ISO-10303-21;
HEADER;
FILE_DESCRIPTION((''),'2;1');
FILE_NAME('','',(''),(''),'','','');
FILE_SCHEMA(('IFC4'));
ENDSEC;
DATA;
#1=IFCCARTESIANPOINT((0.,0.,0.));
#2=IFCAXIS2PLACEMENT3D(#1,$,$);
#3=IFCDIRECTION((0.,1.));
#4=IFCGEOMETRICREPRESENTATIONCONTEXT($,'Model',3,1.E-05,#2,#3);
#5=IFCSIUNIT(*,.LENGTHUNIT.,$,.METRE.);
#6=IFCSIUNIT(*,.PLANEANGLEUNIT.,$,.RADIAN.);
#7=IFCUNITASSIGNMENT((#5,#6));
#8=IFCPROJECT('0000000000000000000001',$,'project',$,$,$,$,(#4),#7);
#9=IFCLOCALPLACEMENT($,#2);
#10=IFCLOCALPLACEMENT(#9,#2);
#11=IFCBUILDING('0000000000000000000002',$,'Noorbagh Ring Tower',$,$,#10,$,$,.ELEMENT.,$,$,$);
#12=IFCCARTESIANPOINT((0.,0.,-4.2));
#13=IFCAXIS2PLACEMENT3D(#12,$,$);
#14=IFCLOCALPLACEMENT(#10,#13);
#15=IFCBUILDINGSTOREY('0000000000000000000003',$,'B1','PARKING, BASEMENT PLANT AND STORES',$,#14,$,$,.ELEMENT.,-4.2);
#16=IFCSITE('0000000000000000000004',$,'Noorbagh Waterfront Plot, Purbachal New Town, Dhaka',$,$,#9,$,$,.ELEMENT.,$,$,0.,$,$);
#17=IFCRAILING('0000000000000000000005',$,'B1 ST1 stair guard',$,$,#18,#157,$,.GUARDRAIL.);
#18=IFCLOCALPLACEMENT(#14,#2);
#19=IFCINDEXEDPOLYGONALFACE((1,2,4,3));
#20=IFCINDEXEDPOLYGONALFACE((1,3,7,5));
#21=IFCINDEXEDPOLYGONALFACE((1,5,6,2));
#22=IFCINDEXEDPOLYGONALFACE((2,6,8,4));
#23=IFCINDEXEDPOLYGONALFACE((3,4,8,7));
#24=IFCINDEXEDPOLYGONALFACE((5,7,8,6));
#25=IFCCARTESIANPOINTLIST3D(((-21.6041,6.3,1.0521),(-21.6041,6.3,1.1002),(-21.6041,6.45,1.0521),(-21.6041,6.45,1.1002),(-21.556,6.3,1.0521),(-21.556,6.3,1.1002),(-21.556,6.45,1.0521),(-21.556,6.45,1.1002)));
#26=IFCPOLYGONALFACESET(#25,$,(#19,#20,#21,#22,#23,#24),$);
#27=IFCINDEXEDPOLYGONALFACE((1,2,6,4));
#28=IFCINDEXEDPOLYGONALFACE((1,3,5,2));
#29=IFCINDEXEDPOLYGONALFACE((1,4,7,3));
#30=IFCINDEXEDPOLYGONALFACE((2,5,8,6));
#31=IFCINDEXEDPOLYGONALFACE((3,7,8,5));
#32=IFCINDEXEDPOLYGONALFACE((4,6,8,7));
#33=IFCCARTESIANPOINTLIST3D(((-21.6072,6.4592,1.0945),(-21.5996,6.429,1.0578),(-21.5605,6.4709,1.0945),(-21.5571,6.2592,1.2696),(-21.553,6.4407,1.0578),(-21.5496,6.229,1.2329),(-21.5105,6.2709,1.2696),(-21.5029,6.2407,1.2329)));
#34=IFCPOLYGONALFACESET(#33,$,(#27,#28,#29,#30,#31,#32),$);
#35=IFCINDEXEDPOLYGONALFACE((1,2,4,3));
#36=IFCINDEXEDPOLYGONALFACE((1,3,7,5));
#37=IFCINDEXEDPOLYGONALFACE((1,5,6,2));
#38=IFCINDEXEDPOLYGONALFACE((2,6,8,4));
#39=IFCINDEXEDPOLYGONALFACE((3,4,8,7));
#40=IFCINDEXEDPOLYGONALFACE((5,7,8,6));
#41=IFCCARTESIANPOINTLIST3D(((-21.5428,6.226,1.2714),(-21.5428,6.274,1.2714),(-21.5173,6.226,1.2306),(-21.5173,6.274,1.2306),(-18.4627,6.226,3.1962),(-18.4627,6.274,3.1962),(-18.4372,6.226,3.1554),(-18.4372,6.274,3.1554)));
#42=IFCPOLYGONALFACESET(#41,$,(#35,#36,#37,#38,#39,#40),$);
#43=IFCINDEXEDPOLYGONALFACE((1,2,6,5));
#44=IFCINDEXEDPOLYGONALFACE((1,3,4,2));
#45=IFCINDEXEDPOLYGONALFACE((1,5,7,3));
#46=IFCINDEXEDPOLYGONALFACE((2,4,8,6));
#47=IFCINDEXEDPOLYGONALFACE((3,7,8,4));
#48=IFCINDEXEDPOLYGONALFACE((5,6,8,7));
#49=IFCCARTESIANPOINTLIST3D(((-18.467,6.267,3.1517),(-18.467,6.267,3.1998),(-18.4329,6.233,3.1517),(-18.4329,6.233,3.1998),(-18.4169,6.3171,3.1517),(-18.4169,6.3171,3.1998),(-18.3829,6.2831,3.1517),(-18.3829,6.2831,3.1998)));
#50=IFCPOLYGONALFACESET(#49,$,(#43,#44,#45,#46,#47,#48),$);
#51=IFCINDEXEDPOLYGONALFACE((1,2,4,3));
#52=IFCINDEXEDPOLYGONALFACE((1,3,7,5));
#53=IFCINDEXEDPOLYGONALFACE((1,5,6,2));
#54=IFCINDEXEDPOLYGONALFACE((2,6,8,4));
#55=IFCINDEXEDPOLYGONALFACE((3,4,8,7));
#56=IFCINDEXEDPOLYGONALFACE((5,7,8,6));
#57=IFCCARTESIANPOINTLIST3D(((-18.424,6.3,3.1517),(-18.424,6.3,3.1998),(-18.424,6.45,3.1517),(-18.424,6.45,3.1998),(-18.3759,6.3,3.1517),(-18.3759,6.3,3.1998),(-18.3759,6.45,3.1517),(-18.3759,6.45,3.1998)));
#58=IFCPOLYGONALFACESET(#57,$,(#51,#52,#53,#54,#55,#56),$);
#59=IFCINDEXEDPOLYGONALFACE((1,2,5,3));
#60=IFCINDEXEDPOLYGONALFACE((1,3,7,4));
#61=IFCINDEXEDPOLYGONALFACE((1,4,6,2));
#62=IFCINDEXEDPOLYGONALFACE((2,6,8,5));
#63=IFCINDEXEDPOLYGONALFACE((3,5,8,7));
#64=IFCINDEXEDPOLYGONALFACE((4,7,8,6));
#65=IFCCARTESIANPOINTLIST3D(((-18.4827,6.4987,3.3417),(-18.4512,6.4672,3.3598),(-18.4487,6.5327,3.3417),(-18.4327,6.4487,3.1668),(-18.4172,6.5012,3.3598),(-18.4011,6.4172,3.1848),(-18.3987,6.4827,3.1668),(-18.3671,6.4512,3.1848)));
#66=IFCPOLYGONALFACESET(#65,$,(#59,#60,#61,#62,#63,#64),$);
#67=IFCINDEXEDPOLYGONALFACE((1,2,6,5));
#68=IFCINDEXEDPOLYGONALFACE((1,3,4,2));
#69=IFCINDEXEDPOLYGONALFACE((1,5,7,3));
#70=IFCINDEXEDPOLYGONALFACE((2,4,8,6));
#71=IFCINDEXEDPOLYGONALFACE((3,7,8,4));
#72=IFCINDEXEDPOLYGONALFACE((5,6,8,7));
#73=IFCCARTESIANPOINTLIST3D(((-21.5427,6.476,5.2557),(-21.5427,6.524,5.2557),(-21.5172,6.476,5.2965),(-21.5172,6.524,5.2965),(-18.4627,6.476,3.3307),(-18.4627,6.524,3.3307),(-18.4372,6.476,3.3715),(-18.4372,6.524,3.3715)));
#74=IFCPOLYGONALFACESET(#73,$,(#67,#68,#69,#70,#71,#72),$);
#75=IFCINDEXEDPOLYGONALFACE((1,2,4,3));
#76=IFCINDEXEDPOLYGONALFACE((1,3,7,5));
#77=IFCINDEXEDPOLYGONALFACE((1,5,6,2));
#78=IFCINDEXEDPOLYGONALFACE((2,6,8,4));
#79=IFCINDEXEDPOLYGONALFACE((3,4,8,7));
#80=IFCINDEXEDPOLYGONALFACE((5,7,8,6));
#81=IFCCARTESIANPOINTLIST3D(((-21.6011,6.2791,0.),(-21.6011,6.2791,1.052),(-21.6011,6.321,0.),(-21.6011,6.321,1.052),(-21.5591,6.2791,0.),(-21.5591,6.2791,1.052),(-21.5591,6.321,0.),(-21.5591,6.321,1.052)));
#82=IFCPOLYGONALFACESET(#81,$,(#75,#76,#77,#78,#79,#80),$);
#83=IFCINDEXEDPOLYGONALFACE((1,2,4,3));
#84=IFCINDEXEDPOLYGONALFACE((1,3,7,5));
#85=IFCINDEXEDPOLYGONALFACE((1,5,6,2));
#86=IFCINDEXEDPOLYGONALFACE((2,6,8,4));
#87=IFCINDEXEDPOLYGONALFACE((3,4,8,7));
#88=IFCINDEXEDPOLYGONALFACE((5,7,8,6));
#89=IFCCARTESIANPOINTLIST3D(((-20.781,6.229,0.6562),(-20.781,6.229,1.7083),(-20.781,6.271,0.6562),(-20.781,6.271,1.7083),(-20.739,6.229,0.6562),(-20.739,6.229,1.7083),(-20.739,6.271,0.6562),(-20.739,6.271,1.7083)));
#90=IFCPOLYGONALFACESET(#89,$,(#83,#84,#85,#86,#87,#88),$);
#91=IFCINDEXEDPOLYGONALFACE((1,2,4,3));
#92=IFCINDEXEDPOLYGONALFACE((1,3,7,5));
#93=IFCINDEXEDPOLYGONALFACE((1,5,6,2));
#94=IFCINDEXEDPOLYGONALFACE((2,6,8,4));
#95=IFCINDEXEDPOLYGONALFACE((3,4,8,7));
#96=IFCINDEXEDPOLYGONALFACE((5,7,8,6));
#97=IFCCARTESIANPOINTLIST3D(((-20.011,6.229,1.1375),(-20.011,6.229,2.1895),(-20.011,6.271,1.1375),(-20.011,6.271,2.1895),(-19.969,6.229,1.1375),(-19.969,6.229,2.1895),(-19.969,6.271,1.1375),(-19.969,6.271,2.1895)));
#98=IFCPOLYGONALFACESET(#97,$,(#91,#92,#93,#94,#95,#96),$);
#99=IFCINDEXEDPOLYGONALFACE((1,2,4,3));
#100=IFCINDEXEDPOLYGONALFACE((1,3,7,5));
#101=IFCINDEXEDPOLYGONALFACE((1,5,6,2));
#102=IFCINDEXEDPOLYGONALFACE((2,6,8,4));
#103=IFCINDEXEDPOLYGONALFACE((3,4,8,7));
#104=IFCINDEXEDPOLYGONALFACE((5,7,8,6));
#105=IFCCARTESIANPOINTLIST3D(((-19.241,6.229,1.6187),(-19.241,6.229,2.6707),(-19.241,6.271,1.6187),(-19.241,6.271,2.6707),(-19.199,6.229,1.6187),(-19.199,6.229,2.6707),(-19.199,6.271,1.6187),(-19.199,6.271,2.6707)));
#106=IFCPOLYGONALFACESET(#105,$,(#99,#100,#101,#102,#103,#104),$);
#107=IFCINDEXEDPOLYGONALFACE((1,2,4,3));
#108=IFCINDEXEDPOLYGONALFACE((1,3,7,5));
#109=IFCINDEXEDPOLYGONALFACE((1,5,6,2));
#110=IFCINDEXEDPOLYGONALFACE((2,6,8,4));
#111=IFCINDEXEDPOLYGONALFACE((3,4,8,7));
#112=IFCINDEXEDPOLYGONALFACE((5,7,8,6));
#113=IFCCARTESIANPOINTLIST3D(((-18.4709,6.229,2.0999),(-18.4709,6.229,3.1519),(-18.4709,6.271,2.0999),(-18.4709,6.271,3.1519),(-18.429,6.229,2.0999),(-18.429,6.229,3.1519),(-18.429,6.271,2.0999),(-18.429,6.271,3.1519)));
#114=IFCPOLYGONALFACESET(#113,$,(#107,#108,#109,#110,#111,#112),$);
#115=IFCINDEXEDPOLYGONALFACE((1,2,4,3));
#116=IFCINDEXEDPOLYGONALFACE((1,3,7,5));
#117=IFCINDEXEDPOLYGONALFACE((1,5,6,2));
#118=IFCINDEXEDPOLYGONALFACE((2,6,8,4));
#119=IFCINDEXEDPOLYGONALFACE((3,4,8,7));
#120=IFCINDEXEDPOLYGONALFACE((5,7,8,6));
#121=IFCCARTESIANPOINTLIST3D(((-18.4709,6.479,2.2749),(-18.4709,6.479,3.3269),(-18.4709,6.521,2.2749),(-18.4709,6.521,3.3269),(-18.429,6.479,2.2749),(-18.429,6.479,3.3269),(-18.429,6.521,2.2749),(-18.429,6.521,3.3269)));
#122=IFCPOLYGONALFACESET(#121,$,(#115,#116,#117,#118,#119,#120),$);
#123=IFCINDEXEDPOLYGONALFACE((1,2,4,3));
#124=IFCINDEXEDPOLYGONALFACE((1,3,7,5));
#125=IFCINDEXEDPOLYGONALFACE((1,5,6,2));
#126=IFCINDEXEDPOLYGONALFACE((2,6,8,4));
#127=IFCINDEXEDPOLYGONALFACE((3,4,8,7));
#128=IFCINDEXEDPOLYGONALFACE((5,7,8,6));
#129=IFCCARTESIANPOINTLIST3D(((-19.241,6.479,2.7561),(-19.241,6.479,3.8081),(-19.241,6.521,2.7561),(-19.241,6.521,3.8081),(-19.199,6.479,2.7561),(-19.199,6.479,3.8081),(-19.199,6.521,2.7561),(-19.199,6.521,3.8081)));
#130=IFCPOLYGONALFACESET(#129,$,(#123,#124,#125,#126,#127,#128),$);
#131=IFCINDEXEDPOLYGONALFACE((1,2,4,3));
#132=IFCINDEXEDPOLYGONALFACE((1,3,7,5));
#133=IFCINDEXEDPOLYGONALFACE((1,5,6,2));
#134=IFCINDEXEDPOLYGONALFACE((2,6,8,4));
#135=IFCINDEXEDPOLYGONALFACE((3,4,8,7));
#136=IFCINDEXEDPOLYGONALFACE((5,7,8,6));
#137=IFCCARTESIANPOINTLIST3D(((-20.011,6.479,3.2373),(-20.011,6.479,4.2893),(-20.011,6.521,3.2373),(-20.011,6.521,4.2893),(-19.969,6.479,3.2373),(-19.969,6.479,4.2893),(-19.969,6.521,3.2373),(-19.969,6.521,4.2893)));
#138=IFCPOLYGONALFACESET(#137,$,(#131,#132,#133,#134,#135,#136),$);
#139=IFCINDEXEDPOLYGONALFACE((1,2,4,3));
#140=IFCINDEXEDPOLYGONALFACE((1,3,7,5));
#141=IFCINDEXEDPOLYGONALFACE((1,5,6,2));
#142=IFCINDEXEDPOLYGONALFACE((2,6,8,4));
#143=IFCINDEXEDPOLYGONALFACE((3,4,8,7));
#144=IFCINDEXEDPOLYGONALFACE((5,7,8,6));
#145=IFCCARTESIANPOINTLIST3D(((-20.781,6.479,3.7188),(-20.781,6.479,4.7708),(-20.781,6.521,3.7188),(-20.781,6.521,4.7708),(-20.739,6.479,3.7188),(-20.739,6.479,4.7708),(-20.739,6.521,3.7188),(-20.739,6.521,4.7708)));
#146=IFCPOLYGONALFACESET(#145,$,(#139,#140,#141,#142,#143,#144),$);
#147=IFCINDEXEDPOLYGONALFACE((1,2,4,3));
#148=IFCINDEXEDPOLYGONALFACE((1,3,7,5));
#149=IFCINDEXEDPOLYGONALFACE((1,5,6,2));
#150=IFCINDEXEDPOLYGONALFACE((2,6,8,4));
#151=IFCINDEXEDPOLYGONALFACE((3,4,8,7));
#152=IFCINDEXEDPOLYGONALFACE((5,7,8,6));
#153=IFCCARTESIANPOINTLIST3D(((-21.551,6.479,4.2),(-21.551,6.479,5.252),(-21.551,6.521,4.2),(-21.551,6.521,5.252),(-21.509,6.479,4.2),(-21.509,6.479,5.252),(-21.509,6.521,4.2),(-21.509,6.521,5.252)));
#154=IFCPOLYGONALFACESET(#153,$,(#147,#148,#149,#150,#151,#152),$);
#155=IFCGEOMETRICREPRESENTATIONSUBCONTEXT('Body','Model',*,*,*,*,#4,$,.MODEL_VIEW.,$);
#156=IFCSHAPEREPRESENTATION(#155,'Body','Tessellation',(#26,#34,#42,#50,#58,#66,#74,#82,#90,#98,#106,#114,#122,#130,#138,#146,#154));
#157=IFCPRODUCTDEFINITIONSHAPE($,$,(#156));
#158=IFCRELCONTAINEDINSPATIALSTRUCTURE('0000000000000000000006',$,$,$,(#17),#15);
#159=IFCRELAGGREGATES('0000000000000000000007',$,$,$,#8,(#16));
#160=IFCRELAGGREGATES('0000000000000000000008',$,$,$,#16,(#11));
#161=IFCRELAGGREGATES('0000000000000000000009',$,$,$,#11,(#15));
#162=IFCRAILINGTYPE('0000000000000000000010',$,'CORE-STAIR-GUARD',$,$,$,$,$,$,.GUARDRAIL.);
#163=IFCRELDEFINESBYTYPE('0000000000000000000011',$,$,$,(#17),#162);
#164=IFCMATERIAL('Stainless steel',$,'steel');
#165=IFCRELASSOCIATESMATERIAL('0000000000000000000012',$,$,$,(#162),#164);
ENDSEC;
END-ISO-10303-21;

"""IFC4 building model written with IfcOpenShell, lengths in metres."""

from ifc_helpers import new_model, si_unit, direction, frame, origin, origin_2d, place, context, subcontext, project, spatial, rectangle, extrude, material, type_object, element, save


model = new_model("IFC4")

# Units and contexts
model_context = context("Model", 3, precision=1e-05, world=origin(), true_north=direction((0.0, 1.0)))
body_context = subcontext(model_context, "Body", "Model", "MODEL_VIEW")
ifc_project = project(units=[si_unit("LENGTHUNIT", "METRE"), si_unit("PLANEANGLEUNIT", "RADIAN")], contexts=[model_context])

# Site, building, storey
site_placement = place(None, origin())
site = spatial("IfcSite", under=ifc_project, at=site_placement, Name="Noorbagh Waterfront Plot, Purbachal New Town, Dhaka", CompositionType="ELEMENT", RefElevation=0.0)
building_placement = place(site_placement, origin())
building = spatial("IfcBuilding", under=site, at=building_placement, Name="Noorbagh Ring Tower", CompositionType="ELEMENT")
storey_placement = place(building_placement, frame((0.0, 0.0, -4.2)))
storey = spatial("IfcBuildingStorey", under=building, at=storey_placement, Name="B1", Description="PARKING, BASEMENT PLANT AND STORES", CompositionType="ELEMENT", Elevation=-4.2)

# Railing
ifc_material_1 = material(Name="Stainless steel", Category="steel")
railing_type_1 = type_object("IfcRailingType", Name="CORE-STAIR-GUARD", PredefinedType="GUARDRAIL", material=ifc_material_1)
railing_1_placement = place(storey_placement, frame((-21.5801, 6.3, 0.0)))
element("IfcRailing", 1, at=railing_1_placement, inside=storey, type_object=railing_type_1, Name="B1 ST1 stair guard", PredefinedType="GUARDRAIL", context=body_context, shape_type="SweptSolid", body=[
    extrude(rectangle(XDim=0.0481, YDim=0.0481, at=origin_2d()), frame((0.0, 0.0, 1.0762), z_axis=(0.0, 1.0, 0.0), x_axis=(-1.0, 0.0, 0.0)), (0.0, 0.0, 1.0), 0.1499),
    extrude(rectangle(XDim=0.0481, YDim=0.0481, at=origin_2d()), frame((0.0, 0.1499, 1.0762), z_axis=(0.185078, -0.739407, 0.64732), x_axis=(0.970073, 0.242814, 0.0)), (0.0, 0.0, 1.0), 0.2705),
    extrude(rectangle(XDim=0.0481, YDim=0.0481, at=origin_2d()), frame((0.05, -0.05, 1.251), z_axis=(0.848029, 0.0, 0.529951), x_axis=(0.0, 1.0, 0.0)), (0.0, 0.0, 1.0), 3.6321),
    extrude(rectangle(XDim=0.0481, YDim=0.0481, at=origin_2d()), frame((3.1301, -0.05, 3.1758), z_axis=(0.707107, 0.707107, 0.0), x_axis=(-0.707107, 0.707107, 0.0)), (0.0, 0.0, 1.0), 0.0708),
    extrude(rectangle(XDim=0.0481, YDim=0.0481, at=origin_2d()), frame((3.1802, 0.0, 3.1758), z_axis=(0.0, 1.0, 0.0), x_axis=(-1.0, 0.0, 0.0)), (0.0, 0.0, 1.0), 0.1499),
    extrude(rectangle(XDim=0.0481, YDim=0.0481, at=origin_2d()), frame((3.1802, 0.1499, 3.1758), z_axis=(-0.265065, 0.265065, 0.927082), x_axis=(-0.707107, -0.707107, 0.0)), (0.0, 0.0, 1.0), 0.1887),
    extrude(rectangle(XDim=0.0481, YDim=0.0481, at=origin_2d()), frame((3.1301, 0.2, 3.3511), z_axis=(-0.847998, 0.0, 0.529999), x_axis=(0.0, -1.0, 0.0)), (0.0, 0.0, 1.0), 3.6321),
    extrude(rectangle(XDim=0.042, YDim=0.042, at=origin_2d()), origin(), (0.0, 0.0, 1.0), 1.052),
    extrude(rectangle(XDim=0.042, YDim=0.042, at=origin_2d()), frame((0.8201, -0.05, 0.6562)), (0.0, 0.0, 1.0), 1.052),
    extrude(rectangle(XDim=0.042, YDim=0.042, at=origin_2d()), frame((1.5901, -0.05, 1.1375)), (0.0, 0.0, 1.0), 1.052),
    extrude(rectangle(XDim=0.042, YDim=0.042, at=origin_2d()), frame((2.3601, -0.05, 1.6187)), (0.0, 0.0, 1.0), 1.052),
    extrude(rectangle(XDim=0.042, YDim=0.042, at=origin_2d()), frame((3.1301, -0.05, 2.0999)), (0.0, 0.0, 1.0), 1.052),
    extrude(rectangle(XDim=0.042, YDim=0.042, at=origin_2d()), frame((3.1301, 0.2, 2.2749)), (0.0, 0.0, 1.0), 1.052),
    extrude(rectangle(XDim=0.042, YDim=0.042, at=origin_2d()), frame((2.3601, 0.2, 2.7561)), (0.0, 0.0, 1.0), 1.052),
    extrude(rectangle(XDim=0.042, YDim=0.042, at=origin_2d()), frame((1.5901, 0.2, 3.2373)), (0.0, 0.0, 1.0), 1.052),
    extrude(rectangle(XDim=0.042, YDim=0.042, at=origin_2d()), frame((0.8201, 0.2, 3.7188)), (0.0, 0.0, 1.0), 1.052),
    extrude(rectangle(XDim=0.042, YDim=0.042, at=origin_2d()), frame((0.05, 0.2, 4.2)), (0.0, 0.0, 1.0), 1.052),
])

save(model, "model.ifc")
